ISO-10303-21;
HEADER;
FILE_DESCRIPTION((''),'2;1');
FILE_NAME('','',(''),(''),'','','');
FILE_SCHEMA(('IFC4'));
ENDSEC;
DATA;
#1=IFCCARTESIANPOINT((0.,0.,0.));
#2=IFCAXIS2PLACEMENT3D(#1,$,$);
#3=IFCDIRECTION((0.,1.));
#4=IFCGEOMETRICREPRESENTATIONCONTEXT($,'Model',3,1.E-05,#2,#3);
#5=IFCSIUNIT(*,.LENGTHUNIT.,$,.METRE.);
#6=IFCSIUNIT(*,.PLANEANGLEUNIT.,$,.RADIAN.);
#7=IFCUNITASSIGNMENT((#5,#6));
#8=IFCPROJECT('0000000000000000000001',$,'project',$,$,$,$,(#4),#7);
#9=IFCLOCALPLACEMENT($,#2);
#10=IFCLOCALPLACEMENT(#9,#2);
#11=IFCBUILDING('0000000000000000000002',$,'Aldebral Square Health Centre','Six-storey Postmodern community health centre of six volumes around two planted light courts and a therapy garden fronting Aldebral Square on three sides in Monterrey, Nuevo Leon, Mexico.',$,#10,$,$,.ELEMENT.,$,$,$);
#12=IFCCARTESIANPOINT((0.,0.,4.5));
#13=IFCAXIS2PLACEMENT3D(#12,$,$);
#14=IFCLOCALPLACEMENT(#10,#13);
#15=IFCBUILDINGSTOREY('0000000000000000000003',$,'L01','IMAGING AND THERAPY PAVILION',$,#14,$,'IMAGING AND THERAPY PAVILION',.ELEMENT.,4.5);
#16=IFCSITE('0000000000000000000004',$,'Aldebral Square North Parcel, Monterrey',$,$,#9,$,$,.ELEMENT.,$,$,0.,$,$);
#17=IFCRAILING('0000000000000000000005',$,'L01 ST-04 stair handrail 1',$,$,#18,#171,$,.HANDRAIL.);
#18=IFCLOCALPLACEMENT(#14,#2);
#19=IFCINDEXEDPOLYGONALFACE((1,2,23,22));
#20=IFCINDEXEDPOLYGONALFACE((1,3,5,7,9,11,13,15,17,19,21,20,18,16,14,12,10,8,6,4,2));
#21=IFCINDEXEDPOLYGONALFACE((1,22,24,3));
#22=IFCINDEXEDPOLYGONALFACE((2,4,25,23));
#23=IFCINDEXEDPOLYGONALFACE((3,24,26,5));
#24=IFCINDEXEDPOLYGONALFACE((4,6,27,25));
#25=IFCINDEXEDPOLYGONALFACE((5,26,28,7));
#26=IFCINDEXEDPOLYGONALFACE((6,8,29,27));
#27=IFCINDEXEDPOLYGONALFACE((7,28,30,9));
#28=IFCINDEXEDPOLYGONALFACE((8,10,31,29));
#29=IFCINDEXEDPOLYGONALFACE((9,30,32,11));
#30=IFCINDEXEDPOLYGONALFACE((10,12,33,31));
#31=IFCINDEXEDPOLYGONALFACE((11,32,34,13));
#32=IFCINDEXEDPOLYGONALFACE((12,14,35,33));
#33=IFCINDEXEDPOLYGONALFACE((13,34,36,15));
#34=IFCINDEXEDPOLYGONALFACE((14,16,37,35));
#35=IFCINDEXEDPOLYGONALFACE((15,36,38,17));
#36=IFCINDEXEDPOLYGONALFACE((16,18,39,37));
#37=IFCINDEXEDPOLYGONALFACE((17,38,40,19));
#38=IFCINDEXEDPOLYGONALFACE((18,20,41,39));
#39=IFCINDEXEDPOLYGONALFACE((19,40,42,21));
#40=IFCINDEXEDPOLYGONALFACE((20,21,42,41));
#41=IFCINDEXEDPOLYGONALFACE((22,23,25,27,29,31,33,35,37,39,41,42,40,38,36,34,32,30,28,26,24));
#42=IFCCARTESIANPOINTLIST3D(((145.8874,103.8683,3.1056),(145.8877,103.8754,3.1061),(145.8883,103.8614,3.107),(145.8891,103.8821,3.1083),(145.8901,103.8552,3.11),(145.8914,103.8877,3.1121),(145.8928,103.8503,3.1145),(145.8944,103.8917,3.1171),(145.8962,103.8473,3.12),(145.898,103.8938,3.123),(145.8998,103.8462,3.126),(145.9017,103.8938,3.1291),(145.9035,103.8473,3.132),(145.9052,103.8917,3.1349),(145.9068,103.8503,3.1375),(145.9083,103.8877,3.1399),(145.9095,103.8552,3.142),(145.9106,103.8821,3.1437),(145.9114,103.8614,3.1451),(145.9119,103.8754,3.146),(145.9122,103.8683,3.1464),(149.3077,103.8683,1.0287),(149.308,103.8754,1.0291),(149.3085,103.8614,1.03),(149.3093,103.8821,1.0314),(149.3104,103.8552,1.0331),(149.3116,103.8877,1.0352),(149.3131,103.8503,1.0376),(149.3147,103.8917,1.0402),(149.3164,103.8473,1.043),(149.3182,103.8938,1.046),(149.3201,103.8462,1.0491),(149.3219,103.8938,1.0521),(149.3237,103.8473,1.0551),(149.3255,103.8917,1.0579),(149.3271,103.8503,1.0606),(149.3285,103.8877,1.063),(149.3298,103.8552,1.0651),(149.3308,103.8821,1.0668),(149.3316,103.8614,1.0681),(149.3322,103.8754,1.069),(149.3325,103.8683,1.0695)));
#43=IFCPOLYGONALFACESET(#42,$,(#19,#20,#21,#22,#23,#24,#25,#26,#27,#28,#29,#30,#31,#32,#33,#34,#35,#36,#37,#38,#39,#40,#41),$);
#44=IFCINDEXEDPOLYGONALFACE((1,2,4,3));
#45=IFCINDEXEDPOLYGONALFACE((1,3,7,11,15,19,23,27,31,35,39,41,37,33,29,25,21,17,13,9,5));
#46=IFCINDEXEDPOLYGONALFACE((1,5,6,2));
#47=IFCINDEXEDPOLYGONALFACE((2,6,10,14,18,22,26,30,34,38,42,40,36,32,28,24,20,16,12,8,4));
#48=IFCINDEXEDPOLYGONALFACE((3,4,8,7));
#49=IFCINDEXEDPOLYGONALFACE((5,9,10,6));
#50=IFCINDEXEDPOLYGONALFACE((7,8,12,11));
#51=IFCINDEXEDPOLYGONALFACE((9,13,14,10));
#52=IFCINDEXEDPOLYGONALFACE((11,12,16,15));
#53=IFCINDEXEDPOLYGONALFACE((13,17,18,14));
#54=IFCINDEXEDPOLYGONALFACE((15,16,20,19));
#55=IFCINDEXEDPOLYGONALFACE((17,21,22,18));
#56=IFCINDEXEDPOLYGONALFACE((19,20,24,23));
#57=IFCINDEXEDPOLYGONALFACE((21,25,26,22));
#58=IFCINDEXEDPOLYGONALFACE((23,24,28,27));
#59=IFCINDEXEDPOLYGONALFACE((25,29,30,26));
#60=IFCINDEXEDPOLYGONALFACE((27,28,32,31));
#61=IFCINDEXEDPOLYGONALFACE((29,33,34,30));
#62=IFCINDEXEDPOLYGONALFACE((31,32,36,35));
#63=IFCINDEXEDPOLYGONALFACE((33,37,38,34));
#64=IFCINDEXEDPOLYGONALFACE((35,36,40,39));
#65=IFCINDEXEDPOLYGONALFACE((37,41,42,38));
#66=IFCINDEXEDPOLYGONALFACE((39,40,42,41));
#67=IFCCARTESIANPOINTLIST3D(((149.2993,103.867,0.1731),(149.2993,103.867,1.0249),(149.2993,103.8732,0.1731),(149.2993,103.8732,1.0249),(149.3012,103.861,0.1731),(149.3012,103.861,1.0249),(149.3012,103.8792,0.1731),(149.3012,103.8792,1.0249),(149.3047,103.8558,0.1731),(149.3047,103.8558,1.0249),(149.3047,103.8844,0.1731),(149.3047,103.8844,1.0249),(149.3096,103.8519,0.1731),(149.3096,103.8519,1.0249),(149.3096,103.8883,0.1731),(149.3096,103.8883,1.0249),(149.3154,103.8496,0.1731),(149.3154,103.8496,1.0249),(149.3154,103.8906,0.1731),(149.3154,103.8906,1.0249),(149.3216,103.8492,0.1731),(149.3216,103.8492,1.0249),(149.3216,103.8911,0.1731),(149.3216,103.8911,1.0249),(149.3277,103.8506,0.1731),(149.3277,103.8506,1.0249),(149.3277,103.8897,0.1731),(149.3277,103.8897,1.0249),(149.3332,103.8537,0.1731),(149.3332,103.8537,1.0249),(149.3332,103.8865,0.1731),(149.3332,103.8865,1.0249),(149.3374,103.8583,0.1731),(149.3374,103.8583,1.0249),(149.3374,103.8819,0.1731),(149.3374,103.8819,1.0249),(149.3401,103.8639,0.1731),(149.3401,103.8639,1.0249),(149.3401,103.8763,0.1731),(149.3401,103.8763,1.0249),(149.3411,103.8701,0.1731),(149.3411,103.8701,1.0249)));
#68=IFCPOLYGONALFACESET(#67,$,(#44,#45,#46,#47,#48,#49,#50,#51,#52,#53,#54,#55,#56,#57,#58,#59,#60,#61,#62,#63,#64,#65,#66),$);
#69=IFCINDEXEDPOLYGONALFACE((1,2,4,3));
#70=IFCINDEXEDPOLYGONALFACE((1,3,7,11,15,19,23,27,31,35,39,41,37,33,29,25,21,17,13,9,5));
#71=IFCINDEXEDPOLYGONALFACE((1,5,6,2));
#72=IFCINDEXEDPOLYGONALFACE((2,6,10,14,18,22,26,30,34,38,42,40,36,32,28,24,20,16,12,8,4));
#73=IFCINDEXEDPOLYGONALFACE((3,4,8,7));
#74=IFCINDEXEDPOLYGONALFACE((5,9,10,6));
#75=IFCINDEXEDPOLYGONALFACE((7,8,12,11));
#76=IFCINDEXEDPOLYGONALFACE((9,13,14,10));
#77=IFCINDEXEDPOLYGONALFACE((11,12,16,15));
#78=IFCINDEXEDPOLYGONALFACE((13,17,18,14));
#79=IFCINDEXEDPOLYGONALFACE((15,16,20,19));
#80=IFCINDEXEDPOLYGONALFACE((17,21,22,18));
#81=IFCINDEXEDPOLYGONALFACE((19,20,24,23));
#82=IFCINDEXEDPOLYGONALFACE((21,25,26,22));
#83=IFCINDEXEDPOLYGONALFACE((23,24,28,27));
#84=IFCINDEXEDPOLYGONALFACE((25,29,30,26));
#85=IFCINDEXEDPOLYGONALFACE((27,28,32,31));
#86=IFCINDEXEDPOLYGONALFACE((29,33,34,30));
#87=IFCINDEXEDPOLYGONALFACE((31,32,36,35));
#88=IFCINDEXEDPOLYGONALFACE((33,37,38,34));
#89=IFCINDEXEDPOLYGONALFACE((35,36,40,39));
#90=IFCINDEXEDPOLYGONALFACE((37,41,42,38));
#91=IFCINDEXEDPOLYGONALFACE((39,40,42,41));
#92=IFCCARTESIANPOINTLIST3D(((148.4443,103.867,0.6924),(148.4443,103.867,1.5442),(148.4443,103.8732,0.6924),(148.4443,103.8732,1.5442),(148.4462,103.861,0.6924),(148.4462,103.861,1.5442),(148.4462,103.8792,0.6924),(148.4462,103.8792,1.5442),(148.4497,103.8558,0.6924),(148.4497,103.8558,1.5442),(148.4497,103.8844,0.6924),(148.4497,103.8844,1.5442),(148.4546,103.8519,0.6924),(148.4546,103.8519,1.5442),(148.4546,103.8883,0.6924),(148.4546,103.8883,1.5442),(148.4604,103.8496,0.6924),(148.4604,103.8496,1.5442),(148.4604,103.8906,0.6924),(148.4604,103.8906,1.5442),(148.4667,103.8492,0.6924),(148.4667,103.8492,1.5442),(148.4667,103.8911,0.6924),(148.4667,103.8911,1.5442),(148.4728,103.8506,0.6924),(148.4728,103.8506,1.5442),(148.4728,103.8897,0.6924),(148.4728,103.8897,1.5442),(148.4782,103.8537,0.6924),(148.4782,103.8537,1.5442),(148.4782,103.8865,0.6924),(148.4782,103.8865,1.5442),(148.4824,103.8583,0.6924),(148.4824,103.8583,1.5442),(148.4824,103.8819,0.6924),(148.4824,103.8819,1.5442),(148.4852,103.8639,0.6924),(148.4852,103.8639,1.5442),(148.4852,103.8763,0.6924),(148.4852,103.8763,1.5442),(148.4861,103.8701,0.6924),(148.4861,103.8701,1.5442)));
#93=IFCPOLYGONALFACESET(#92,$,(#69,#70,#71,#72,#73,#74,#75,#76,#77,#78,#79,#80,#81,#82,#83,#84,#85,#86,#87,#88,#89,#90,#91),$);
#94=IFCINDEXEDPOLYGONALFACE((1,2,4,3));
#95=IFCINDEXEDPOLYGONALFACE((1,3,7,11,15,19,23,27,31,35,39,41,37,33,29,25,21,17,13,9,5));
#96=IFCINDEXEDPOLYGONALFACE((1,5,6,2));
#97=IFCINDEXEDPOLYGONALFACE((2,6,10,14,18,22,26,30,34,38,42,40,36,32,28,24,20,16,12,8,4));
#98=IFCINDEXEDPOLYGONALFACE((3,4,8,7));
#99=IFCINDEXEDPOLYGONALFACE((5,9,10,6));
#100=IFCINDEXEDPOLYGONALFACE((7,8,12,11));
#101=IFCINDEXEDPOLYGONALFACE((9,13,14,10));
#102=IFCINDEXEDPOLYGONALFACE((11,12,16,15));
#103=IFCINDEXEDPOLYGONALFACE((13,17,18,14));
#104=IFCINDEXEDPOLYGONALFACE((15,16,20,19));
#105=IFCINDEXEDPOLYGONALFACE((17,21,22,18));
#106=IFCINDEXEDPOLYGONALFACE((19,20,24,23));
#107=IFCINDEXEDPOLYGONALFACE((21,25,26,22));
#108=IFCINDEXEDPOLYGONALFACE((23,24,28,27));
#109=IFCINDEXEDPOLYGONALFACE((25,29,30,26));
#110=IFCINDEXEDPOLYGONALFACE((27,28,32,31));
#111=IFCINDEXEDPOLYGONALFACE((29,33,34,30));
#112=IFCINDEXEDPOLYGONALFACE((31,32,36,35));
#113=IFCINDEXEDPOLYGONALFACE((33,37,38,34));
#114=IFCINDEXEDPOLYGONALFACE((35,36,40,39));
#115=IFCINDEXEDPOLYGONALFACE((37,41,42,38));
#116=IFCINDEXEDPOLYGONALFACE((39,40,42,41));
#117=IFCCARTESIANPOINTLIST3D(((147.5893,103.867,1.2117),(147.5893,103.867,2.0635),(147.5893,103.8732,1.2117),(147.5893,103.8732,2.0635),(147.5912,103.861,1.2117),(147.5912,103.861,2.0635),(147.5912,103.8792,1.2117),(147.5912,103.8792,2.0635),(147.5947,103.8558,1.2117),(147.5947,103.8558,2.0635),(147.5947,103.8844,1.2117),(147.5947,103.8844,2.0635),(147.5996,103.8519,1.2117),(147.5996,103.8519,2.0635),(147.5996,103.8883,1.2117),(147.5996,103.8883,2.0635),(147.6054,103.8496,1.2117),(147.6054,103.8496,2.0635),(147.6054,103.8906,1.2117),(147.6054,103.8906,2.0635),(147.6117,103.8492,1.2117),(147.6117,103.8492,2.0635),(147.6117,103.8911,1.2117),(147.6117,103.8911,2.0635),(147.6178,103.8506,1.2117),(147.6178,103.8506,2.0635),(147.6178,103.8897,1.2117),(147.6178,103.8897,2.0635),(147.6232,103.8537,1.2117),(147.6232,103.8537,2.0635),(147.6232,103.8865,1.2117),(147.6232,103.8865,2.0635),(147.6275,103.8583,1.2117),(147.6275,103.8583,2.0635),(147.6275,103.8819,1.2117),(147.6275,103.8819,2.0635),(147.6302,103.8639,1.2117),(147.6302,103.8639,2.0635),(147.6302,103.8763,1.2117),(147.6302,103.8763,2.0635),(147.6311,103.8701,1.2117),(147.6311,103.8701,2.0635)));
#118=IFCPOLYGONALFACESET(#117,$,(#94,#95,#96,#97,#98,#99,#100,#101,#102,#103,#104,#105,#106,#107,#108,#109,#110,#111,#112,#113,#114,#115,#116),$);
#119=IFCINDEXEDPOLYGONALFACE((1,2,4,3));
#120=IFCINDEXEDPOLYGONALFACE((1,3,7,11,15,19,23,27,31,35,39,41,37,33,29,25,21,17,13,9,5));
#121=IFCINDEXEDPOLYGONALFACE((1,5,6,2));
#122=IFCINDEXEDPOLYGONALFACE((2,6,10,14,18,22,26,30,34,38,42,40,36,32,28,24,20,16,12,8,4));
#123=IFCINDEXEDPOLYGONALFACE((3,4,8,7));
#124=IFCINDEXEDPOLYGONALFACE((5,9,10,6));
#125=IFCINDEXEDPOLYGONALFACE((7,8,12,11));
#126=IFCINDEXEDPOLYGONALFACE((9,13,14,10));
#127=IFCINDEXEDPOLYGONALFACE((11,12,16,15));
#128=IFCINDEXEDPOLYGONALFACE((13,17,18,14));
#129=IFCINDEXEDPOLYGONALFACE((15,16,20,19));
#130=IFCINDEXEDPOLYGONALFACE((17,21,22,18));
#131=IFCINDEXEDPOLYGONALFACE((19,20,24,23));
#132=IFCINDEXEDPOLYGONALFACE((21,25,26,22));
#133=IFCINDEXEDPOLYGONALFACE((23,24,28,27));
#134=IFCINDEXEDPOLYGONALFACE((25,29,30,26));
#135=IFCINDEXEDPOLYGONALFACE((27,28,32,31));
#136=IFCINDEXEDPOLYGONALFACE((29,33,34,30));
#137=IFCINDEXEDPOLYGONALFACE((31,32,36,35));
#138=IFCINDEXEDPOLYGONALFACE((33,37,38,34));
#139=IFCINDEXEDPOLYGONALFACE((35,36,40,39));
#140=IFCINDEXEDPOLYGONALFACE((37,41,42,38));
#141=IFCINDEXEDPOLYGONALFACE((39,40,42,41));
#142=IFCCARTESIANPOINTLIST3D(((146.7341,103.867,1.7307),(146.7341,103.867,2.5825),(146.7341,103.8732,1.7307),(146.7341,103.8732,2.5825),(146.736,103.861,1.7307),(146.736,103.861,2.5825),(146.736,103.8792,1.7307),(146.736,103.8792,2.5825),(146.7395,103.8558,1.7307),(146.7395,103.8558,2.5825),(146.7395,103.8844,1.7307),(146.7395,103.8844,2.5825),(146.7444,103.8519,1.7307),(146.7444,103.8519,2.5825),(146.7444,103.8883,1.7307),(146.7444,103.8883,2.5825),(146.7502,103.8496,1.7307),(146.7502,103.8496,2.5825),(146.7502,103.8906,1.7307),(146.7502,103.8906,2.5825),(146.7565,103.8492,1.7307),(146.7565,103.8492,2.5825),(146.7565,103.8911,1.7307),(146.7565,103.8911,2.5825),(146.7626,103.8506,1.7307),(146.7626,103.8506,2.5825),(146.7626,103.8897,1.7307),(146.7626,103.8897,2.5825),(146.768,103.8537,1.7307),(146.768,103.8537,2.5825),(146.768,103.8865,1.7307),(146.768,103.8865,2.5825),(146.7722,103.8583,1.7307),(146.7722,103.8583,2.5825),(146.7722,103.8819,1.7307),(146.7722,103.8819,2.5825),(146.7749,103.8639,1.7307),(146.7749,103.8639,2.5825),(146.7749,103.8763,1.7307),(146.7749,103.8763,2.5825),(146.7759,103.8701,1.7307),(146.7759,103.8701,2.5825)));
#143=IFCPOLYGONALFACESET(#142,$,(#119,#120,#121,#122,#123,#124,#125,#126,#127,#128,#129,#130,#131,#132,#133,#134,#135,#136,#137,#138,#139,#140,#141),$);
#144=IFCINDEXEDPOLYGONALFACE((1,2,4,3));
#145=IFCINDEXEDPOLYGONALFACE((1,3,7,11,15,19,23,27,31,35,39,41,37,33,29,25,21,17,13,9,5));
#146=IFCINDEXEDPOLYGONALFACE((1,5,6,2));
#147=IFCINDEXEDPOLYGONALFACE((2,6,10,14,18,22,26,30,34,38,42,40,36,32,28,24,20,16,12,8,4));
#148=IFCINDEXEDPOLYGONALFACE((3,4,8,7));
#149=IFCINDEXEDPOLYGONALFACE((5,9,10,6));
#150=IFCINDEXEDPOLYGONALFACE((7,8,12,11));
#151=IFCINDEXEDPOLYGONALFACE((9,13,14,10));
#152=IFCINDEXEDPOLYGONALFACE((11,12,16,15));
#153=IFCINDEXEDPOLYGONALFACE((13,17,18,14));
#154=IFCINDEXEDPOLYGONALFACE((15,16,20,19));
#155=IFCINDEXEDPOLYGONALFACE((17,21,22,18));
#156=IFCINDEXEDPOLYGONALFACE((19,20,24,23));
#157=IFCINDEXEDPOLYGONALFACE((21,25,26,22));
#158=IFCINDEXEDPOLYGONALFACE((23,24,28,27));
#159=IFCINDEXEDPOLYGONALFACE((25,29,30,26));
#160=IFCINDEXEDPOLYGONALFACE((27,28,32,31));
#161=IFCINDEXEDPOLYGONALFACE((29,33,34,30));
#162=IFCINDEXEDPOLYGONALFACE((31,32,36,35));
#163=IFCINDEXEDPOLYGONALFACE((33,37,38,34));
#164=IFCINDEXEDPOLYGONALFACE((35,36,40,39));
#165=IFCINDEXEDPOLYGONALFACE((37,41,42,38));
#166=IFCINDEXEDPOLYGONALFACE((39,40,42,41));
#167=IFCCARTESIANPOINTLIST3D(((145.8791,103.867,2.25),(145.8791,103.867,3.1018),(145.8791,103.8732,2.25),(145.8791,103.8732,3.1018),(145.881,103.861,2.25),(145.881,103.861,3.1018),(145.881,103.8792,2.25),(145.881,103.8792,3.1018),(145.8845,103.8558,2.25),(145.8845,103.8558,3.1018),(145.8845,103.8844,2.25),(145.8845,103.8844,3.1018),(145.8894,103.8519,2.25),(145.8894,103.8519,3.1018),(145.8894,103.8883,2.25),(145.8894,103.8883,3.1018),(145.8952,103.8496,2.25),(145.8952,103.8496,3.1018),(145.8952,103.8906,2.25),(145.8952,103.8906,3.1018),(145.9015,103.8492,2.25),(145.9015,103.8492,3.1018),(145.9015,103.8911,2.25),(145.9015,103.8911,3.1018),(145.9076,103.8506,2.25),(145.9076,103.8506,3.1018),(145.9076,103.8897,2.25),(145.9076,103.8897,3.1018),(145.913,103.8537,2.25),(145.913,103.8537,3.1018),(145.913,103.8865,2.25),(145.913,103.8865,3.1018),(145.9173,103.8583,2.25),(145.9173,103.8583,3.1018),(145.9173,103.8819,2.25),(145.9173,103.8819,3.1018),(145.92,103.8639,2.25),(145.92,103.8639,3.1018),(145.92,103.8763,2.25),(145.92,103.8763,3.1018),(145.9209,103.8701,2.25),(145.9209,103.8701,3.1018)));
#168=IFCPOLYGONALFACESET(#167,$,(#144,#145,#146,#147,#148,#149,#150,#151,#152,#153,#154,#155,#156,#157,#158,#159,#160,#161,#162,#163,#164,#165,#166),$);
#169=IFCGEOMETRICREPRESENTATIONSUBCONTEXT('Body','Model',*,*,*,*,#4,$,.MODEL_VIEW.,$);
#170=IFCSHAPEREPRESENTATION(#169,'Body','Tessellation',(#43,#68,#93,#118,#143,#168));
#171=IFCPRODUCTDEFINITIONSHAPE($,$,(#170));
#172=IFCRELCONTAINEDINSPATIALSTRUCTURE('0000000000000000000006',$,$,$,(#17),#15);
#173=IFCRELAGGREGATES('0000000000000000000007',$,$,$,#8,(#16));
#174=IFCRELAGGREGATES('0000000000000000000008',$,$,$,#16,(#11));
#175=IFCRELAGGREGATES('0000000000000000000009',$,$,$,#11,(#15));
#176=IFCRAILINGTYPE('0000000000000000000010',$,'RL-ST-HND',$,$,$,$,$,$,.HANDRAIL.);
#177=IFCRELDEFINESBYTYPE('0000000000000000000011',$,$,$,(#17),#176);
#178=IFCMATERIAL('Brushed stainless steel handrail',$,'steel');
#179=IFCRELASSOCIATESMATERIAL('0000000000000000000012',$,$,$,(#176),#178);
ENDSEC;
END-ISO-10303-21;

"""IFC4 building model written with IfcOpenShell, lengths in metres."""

from ifc_helpers import new_model, si_unit, direction, frame, origin, origin_2d, place, context, subcontext, project, spatial, circle, extrude, material, type_object, element, save


model = new_model("IFC4")

# Units and contexts
model_context = context("Model", 3, precision=1e-05, world=origin(), true_north=direction((0.0, 1.0)))
body_context = subcontext(model_context, "Body", "Model", "MODEL_VIEW")
ifc_project = project(units=[si_unit("LENGTHUNIT", "METRE"), si_unit("PLANEANGLEUNIT", "RADIAN")], contexts=[model_context])

# Site, building, storey
site_placement = place(None, origin())
site = spatial("IfcSite", under=ifc_project, at=site_placement, Name="Aldebral Square North Parcel, Monterrey", CompositionType="ELEMENT", RefElevation=0.0)
building_placement = place(site_placement, origin())
building = spatial("IfcBuilding", under=site, at=building_placement, Name="Aldebral Square Health Centre", Description="Six-storey Postmodern community health centre of six volumes around two planted light courts and a therapy garden fronting Aldebral Square on three sides in Monterrey, Nuevo Leon, Mexico.", CompositionType="ELEMENT")
storey_placement = place(building_placement, frame((0.0, 0.0, 4.5)))
storey = spatial("IfcBuildingStorey", under=building, at=storey_placement, Name="L01", Description="IMAGING AND THERAPY PAVILION", LongName="IMAGING AND THERAPY PAVILION", CompositionType="ELEMENT", Elevation=4.5)

# Railing
ifc_material_1 = material(Name="Brushed stainless steel handrail", Category="steel")
railing_type_1 = type_object("IfcRailingType", Name="RL-ST-HND", PredefinedType="HANDRAIL", material=ifc_material_1)
railing_1_placement = place(storey_placement, frame((149.3201, 103.8701, 0.1731)))
element("IfcRailing", 1, at=railing_1_placement, inside=storey, type_object=railing_type_1, Name="L01 ST-04 stair handrail 1", PredefinedType="HANDRAIL", context=body_context, shape_type="SweptSolid", body=[
    extrude(circle(Radius=0.0239, at=origin_2d()), frame((0.0, 0.0, 0.876), z_axis=(-0.854746, 0.0, 0.519047), x_axis=(0.0, -1.0, 0.0)), (0.0, 0.0, 1.0), 4.0015),
    extrude(circle(Radius=0.021, at=origin_2d()), origin(), (0.0, 0.0, 1.0), 0.8518),
    extrude(circle(Radius=0.021, at=origin_2d()), frame((-0.855, 0.0, 0.5193)), (0.0, 0.0, 1.0), 0.8518),
    extrude(circle(Radius=0.021, at=origin_2d()), frame((-1.71, 0.0, 1.0386)), (0.0, 0.0, 1.0), 0.8518),
    extrude(circle(Radius=0.021, at=origin_2d()), frame((-2.5652, 0.0, 1.5576)), (0.0, 0.0, 1.0), 0.8518),
    extrude(circle(Radius=0.021, at=origin_2d()), frame((-3.4202, 0.0, 2.0769)), (0.0, 0.0, 1.0), 0.8518),
])

save(model, "model.ifc")
